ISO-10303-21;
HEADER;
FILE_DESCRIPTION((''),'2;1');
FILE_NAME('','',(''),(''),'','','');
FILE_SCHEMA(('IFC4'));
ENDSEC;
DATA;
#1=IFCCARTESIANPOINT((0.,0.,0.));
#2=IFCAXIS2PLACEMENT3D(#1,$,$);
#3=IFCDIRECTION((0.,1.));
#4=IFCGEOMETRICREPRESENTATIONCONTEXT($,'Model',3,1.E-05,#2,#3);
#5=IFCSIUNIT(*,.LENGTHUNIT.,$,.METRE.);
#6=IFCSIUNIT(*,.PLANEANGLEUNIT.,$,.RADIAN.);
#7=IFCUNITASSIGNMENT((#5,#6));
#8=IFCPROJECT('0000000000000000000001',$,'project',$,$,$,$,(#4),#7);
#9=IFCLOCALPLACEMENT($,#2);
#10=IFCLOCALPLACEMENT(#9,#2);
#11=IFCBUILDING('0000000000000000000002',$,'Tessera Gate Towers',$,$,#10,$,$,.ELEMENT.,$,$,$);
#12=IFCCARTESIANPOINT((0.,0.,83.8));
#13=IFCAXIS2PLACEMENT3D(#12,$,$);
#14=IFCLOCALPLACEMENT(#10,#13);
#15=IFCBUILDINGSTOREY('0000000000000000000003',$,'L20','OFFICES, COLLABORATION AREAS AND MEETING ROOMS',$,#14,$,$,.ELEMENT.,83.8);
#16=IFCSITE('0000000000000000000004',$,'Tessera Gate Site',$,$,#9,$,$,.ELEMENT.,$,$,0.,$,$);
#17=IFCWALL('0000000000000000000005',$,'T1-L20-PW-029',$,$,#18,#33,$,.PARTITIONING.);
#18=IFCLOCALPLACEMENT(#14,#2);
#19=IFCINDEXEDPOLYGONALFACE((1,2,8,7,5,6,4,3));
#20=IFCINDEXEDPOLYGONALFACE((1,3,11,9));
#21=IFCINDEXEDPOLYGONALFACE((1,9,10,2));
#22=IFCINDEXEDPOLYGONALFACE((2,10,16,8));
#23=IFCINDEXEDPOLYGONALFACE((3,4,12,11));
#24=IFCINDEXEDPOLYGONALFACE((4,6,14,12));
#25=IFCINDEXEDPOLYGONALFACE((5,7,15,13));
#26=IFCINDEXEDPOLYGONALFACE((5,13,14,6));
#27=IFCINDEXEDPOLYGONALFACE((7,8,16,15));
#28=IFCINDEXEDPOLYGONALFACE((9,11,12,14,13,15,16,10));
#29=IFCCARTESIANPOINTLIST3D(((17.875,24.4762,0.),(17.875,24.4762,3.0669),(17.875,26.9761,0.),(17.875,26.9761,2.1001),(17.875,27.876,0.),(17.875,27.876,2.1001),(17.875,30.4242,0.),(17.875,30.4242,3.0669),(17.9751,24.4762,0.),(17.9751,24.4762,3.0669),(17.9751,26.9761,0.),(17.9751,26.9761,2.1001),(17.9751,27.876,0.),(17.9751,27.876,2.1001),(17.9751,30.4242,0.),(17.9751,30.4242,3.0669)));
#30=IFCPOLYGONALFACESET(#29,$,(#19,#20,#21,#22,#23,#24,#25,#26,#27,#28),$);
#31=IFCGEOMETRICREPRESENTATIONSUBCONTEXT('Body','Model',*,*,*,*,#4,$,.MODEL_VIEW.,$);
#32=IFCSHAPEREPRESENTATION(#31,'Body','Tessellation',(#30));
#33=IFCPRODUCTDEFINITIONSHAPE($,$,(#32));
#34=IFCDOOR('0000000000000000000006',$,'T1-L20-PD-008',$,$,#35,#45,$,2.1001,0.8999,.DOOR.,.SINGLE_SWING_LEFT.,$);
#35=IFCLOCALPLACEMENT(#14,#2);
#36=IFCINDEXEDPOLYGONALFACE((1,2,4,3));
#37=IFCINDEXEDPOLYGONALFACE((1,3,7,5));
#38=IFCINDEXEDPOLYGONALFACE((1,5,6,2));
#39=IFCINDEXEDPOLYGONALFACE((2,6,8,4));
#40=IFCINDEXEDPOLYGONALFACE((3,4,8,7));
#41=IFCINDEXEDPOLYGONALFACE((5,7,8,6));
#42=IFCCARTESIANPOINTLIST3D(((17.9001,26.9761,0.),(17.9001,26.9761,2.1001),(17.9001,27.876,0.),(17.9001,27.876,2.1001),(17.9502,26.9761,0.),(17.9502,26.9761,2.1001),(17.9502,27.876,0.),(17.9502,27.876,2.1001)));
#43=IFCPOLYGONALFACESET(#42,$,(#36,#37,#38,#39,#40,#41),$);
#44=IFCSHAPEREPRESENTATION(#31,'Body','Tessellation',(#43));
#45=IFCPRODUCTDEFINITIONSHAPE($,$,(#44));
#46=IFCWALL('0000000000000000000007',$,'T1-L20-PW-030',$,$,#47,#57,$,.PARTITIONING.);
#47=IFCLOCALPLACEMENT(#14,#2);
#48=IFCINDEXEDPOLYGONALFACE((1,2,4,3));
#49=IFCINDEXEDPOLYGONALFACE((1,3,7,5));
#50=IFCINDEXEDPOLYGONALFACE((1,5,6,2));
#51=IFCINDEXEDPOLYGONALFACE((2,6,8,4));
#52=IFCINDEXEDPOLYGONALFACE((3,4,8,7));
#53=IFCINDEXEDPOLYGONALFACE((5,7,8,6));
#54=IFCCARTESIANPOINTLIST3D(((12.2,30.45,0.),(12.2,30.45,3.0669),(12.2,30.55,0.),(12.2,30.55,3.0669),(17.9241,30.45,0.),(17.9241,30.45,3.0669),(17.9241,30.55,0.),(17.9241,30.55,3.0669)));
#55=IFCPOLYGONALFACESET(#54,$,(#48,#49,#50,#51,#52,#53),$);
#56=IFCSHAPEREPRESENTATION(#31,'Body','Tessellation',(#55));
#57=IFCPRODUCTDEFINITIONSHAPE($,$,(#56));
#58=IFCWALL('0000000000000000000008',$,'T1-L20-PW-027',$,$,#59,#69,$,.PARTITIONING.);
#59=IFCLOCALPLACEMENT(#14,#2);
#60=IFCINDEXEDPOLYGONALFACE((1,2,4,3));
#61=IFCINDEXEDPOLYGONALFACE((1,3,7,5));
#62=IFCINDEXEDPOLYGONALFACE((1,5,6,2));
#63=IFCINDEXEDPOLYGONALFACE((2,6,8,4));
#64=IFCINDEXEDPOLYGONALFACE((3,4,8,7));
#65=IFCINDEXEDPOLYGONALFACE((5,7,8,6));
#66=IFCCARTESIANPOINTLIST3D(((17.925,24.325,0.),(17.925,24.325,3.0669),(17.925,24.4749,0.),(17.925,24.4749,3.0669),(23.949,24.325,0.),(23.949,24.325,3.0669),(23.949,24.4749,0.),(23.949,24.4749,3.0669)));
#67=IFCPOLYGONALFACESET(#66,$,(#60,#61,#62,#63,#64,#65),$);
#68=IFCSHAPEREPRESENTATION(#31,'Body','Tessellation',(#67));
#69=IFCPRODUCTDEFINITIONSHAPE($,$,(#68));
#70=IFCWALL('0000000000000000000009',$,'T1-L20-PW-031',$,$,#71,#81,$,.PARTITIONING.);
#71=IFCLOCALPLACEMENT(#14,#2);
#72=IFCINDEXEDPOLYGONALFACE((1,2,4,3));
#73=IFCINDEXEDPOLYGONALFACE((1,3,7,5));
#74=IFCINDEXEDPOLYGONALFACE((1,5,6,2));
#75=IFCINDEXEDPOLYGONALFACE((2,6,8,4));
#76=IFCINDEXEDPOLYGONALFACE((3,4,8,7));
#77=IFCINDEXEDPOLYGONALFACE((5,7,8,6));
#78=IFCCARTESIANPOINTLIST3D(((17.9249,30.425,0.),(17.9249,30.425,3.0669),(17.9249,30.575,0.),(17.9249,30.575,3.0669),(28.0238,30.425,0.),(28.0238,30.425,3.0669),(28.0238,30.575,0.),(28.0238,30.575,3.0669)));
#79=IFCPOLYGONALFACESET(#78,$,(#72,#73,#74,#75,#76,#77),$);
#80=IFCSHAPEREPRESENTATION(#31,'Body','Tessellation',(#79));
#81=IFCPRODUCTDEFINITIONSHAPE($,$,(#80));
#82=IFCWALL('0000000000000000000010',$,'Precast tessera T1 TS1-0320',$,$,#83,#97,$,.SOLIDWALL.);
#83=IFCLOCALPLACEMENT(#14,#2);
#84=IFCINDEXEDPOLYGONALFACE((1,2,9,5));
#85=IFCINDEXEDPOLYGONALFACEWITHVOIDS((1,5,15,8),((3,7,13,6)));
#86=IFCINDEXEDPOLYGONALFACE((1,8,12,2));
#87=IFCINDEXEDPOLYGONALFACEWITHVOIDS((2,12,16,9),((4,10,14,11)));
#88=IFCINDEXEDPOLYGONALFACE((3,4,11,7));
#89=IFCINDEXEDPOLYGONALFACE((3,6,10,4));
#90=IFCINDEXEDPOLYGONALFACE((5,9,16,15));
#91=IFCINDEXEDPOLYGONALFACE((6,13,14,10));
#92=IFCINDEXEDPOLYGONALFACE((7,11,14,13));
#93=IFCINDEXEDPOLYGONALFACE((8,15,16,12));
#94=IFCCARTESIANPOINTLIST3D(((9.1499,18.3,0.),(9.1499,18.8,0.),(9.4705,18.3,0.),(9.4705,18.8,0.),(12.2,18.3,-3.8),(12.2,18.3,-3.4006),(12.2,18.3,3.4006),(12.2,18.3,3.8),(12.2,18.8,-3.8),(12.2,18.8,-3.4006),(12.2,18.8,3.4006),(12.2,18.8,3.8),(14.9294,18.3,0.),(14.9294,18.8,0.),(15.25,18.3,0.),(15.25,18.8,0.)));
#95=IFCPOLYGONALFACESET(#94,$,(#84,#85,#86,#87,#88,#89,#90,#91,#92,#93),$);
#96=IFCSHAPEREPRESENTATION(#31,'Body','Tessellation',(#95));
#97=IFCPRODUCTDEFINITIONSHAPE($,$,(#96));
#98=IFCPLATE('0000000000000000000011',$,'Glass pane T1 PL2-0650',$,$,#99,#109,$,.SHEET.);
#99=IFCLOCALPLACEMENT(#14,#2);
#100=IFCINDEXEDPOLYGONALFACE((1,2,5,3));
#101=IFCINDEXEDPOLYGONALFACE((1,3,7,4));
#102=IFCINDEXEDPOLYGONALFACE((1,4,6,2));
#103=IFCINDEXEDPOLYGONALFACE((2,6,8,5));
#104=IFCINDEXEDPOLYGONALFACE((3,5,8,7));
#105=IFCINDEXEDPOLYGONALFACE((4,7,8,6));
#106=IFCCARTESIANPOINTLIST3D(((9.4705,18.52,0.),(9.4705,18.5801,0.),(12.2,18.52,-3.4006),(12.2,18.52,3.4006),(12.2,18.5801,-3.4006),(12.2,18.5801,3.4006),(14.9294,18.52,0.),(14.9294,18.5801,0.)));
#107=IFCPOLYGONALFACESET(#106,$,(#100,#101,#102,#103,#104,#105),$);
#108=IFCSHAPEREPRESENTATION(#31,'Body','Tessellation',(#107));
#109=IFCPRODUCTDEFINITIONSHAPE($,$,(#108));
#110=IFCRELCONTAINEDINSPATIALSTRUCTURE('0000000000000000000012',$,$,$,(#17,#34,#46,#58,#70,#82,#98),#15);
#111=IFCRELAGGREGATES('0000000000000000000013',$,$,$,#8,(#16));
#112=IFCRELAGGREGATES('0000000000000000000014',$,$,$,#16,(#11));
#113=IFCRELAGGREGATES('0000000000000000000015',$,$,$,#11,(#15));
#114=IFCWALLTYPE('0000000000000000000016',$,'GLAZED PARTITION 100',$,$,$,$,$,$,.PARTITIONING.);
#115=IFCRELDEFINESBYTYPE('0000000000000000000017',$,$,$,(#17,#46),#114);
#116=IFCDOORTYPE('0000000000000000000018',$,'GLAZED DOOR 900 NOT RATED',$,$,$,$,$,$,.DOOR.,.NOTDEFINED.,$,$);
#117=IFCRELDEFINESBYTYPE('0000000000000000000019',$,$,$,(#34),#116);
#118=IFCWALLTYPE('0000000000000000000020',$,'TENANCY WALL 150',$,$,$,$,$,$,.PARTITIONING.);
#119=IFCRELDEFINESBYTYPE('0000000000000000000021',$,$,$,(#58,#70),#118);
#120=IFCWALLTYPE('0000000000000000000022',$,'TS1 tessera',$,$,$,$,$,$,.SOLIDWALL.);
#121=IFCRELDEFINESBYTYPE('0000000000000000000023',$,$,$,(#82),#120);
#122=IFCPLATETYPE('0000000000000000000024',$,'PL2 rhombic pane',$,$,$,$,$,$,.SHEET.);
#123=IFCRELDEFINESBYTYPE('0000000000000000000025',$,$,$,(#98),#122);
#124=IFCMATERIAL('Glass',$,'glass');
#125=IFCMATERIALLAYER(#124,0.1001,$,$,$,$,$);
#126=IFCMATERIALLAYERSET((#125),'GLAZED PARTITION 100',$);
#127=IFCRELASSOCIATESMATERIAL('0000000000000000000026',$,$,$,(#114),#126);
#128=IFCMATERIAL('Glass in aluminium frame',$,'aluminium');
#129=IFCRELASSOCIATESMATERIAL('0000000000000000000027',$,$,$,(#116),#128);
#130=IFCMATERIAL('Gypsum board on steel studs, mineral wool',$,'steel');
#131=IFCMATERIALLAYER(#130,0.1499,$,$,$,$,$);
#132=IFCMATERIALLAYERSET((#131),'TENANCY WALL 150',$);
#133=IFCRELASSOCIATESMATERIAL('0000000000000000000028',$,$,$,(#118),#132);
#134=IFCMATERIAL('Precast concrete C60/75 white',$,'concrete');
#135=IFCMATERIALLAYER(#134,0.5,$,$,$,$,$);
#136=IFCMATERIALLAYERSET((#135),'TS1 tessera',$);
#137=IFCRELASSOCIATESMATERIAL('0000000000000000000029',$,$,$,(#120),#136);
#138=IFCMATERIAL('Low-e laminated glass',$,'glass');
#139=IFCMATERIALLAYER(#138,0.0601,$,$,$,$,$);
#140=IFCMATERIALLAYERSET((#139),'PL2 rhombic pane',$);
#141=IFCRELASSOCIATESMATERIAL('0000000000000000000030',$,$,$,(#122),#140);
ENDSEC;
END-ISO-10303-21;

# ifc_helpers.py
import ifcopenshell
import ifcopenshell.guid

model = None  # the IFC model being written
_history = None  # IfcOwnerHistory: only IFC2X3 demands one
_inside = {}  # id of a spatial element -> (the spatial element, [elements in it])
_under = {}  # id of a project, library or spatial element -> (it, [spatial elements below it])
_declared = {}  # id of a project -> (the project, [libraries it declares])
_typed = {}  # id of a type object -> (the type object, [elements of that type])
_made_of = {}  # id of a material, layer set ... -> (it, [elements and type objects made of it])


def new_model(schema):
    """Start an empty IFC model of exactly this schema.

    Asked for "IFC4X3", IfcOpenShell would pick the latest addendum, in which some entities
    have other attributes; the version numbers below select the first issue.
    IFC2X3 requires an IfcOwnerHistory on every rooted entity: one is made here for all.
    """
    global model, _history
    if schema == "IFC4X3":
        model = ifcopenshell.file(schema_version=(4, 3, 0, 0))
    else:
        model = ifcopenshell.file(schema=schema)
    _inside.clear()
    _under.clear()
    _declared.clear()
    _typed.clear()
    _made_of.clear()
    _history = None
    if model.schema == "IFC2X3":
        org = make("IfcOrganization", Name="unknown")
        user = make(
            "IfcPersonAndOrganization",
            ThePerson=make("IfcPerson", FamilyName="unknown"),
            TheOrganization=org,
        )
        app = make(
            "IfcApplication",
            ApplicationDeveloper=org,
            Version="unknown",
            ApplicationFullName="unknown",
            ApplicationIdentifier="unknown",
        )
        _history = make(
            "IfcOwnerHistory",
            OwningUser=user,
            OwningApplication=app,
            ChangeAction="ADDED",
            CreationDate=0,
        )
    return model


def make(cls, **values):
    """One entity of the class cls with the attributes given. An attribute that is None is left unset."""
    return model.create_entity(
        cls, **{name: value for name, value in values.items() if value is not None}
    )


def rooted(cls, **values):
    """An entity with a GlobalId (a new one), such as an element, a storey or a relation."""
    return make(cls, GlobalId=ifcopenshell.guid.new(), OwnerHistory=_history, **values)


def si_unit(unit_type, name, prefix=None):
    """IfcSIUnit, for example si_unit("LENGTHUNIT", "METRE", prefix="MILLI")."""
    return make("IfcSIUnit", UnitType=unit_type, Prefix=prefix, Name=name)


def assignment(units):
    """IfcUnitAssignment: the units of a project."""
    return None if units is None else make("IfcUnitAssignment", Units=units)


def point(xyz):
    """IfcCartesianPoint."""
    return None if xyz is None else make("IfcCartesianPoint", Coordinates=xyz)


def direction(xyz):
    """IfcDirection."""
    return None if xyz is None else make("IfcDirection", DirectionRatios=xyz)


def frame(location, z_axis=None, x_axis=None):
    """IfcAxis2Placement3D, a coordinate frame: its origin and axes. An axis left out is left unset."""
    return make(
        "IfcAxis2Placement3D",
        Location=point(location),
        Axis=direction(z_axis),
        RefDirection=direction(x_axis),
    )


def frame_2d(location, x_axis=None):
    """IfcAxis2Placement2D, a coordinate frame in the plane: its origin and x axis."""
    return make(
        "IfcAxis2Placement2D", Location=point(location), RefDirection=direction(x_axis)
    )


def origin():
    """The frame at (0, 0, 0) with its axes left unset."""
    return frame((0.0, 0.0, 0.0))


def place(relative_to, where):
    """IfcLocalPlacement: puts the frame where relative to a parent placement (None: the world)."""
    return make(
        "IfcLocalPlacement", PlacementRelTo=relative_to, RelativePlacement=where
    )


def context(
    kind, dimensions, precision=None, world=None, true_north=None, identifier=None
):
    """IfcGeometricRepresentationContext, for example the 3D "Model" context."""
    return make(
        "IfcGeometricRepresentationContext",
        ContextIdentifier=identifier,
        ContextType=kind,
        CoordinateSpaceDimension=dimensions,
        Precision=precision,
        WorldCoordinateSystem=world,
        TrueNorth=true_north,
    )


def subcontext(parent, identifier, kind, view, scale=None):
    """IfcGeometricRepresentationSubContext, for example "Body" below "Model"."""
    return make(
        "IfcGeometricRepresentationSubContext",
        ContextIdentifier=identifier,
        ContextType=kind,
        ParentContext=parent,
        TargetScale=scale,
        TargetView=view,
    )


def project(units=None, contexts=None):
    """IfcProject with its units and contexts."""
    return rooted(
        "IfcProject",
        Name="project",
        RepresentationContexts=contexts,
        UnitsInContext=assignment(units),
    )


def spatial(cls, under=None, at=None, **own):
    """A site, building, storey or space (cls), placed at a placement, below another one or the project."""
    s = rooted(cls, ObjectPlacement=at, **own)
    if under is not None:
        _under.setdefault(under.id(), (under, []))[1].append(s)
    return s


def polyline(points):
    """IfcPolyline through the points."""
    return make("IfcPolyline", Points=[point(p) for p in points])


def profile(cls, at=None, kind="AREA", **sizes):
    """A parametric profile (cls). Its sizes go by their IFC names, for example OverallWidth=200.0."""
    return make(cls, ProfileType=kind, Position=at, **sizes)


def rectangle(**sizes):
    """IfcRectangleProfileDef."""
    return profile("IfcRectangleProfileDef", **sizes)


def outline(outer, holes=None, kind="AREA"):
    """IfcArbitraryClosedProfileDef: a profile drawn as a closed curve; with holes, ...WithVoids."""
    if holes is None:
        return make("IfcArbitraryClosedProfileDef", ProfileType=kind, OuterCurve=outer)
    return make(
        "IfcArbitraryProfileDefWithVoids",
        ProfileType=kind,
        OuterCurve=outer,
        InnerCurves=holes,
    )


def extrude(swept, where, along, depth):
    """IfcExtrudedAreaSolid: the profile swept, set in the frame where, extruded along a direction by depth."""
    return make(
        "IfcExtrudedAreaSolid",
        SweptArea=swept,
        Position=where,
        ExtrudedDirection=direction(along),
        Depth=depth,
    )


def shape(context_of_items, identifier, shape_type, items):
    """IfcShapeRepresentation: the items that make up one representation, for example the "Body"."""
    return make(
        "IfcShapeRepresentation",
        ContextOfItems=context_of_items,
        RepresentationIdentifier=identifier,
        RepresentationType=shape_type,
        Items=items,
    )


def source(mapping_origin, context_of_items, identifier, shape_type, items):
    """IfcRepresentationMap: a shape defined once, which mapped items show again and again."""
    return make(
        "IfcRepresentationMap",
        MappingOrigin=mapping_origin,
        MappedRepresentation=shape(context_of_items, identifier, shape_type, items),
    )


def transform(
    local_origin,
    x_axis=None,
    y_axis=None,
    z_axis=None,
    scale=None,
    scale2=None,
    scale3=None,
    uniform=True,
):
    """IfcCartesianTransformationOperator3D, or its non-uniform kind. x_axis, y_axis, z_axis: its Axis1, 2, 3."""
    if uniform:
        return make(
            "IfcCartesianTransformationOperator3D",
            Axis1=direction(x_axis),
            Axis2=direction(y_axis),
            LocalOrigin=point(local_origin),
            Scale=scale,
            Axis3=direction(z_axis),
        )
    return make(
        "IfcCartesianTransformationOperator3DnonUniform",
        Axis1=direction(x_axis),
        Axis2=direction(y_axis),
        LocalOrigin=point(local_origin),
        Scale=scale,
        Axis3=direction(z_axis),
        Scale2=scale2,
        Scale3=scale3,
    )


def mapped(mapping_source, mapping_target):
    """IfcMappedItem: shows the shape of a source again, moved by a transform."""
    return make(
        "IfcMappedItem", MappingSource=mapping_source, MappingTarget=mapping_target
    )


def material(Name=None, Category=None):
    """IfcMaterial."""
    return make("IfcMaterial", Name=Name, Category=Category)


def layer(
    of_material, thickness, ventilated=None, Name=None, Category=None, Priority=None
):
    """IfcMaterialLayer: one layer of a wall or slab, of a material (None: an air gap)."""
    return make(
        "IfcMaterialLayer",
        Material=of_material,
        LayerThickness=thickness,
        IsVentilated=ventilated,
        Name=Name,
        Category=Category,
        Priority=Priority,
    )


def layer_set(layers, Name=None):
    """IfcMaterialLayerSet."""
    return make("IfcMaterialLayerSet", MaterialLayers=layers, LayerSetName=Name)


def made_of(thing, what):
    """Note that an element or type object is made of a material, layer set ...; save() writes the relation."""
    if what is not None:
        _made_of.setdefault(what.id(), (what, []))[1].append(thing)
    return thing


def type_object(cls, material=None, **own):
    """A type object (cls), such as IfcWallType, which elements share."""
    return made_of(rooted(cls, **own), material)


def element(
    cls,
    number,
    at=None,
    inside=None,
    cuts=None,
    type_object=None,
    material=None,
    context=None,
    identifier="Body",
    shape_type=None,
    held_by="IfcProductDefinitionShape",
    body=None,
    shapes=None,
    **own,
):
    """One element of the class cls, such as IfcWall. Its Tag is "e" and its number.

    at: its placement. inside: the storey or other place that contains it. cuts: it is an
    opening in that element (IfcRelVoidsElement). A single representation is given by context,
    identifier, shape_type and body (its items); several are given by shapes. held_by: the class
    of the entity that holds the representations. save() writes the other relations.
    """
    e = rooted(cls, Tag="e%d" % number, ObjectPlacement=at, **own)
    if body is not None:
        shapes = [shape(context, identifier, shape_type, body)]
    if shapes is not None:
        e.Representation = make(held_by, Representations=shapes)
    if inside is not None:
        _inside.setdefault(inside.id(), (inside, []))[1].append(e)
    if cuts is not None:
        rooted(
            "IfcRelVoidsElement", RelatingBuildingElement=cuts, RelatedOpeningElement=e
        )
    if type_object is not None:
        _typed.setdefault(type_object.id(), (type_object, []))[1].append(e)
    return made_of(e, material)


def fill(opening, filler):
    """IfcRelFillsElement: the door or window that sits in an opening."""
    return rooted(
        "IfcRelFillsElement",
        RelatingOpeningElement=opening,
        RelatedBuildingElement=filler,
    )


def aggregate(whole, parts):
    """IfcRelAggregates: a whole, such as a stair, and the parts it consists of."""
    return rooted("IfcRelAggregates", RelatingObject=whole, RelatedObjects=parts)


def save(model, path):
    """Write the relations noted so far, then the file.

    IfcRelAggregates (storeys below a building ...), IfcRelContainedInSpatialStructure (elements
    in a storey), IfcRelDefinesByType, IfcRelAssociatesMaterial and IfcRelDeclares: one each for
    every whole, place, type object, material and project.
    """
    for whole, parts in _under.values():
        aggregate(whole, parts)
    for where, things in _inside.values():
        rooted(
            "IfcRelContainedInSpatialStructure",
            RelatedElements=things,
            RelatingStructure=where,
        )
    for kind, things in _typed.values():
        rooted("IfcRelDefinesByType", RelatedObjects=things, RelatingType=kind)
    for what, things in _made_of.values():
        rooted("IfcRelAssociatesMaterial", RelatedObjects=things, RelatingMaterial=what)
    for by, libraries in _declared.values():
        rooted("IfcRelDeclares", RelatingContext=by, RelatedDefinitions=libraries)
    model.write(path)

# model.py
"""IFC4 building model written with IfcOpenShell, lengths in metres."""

from ifc_helpers import new_model, si_unit, direction, frame, frame_2d, origin, place, context, subcontext, project, spatial, polyline, rectangle, outline, extrude, source, transform, mapped, material, layer, layer_set, type_object, element, fill, save


model = new_model("IFC4")

# Units and contexts
model_context = context("Model", 3, precision=1e-05, world=origin(), true_north=direction((0.0, 1.0)))
body_context = subcontext(model_context, "Body", "Model", "MODEL_VIEW")
ifc_project = project(units=[si_unit("LENGTHUNIT", "METRE"), si_unit("PLANEANGLEUNIT", "RADIAN")], contexts=[model_context])

# Site, building, storey
site_placement = place(None, origin())
site = spatial("IfcSite", under=ifc_project, at=site_placement, Name="Tessera Gate Site", CompositionType="ELEMENT", RefElevation=0.0)
building_placement = place(site_placement, origin())
building = spatial("IfcBuilding", under=site, at=building_placement, Name="Tessera Gate Towers", CompositionType="ELEMENT")
storey_placement = place(building_placement, frame((0.0, 0.0, 83.8)))
storey = spatial("IfcBuildingStorey", under=building, at=storey_placement, Name="L20", Description="OFFICES, COLLABORATION AREAS AND MEETING ROOMS", CompositionType="ELEMENT", Elevation=83.8)

# Shared definitions
ifc_material_1 = material(Name="Glass", Category="glass")
ifc_layer_1 = layer(ifc_material_1, 0.1001)
ifc_layer_set_1 = layer_set([ifc_layer_1], Name="GLAZED PARTITION 100")
wall_type_1 = type_object("IfcWallType", Name="GLAZED PARTITION 100", PredefinedType="PARTITIONING", material=ifc_layer_set_1)

# Shared definitions
shared_shape_1 = source(origin(), body_context, "Body", "SweptSolid", [
    extrude(rectangle(XDim=0.8999, YDim=2.1001, at=frame_2d((0.45, 1.05))), frame((0.0, 0.0601, 0.0), z_axis=(0.0, -1.0, 0.0), x_axis=(1.0, 0.0, 0.0)), (0.0, 0.0, 1.0), 0.1201),
])
ifc_material_2 = material(Name="Glass in aluminium frame", Category="aluminium")
door_type = type_object("IfcDoorType", Name="GLAZED DOOR 900 NOT RATED", OperationType="NOTDEFINED", PredefinedType="DOOR", material=ifc_material_2)
shared_shape_2 = source(origin(), body_context, "Body", "SweptSolid", [
    extrude(rectangle(XDim=0.8999, YDim=2.1001, at=frame_2d((0.45, 1.05))), frame((0.0, 0.0249, 0.0), z_axis=(0.0, -1.0, 0.0), x_axis=(1.0, 0.0, 0.0)), (0.0, 0.0, 1.0), 0.05),
])

# Wall, opening, door
wall_1_placement = place(storey_placement, frame((17.925, 24.4761, 0.0), z_axis=(0.0, 0.0, 1.0), x_axis=(0.0, 1.0, 0.0)))
wall_1 = element("IfcWall", 1, at=wall_1_placement, inside=storey, type_object=wall_type_1, Name="T1-L20-PW-029", PredefinedType="PARTITIONING", context=body_context, shape_type="SweptSolid", body=[
    extrude(rectangle(XDim=5.948, YDim=0.1001, at=frame_2d((2.9741, 0.0))), origin(), (0.0, 0.0, 1.0), 3.0669),
])
opening_1_placement = place(wall_1_placement, frame((2.5, 0.0, 0.0)))
opening_1 = element("IfcOpeningElement", 2, at=opening_1_placement, cuts=wall_1, PredefinedType="OPENING", context=body_context, shape_type="MappedRepresentation", body=[
    mapped(shared_shape_1, transform((0.0, 0.0, 0.0), scale=1.0)),
])
door_1_placement = place(opening_1_placement, origin())
door_1 = element("IfcDoor", 3, at=door_1_placement, inside=storey, type_object=door_type, Name="T1-L20-PD-008", OperationType="SINGLE_SWING_LEFT", OverallHeight=2.1001, OverallWidth=0.8999, PredefinedType="DOOR", context=body_context, shape_type="MappedRepresentation", body=[
    mapped(shared_shape_2, transform((0.0, 0.0, 0.0), scale=1.0)),
])
fill(opening_1, door_1)

# Walls
wall_2_placement = place(storey_placement, frame((12.2, 30.5, 0.0), z_axis=(0.0, 0.0, 1.0), x_axis=(1.0, 0.0, 0.0)))
element("IfcWall", 4, at=wall_2_placement, inside=storey, type_object=wall_type_1, Name="T1-L20-PW-030", PredefinedType="PARTITIONING", context=body_context, shape_type="SweptSolid", body=[
    extrude(rectangle(XDim=5.7241, YDim=0.1001, at=frame_2d((2.8621, 0.0))), origin(), (0.0, 0.0, 1.0), 3.0669),
])
ifc_material_3 = material(Name="Gypsum board on steel studs, mineral wool", Category="steel")
ifc_layer_2 = layer(ifc_material_3, 0.1499)
ifc_layer_set_2 = layer_set([ifc_layer_2], Name="TENANCY WALL 150")
wall_type_2 = type_object("IfcWallType", Name="TENANCY WALL 150", PredefinedType="PARTITIONING", material=ifc_layer_set_2)
wall_3_placement = place(storey_placement, frame((17.925, 24.3999, 0.0), z_axis=(0.0, 0.0, 1.0), x_axis=(1.0, 0.0, 0.0)))
element("IfcWall", 5, at=wall_3_placement, inside=storey, type_object=wall_type_2, Name="T1-L20-PW-027", PredefinedType="PARTITIONING", context=body_context, shape_type="SweptSolid", body=[
    extrude(rectangle(XDim=6.0239, YDim=0.1499, at=frame_2d((3.012, 0.0))), origin(), (0.0, 0.0, 1.0), 3.0669),
])
wall_4_placement = place(storey_placement, frame((17.925, 30.5, 0.0), z_axis=(0.0, 0.0, 1.0), x_axis=(1.0, 0.0, 0.0)))
element("IfcWall", 6, at=wall_4_placement, inside=storey, type_object=wall_type_2, Name="T1-L20-PW-031", PredefinedType="PARTITIONING", context=body_context, shape_type="SweptSolid", body=[
    extrude(rectangle(XDim=10.0989, YDim=0.1499, at=frame_2d((5.0493, 0.0))), origin(), (0.0, 0.0, 1.0), 3.0669),
])

# Wall, opening, plate
ifc_material_4 = material(Name="Precast concrete C60/75 white", Category="concrete")
ifc_layer_3 = layer(ifc_material_4, 0.5)
ifc_layer_set_3 = layer_set([ifc_layer_3], Name="TS1 tessera")
wall_type_3 = type_object("IfcWallType", Name="TS1 tessera", PredefinedType="SOLIDWALL", material=ifc_layer_set_3)
shared_shape_3 = source(origin(), body_context, "Body", "SweptSolid", [
    extrude(outline(polyline([(3.05, 0.0), (6.1001, 3.8), (3.05, 7.6001), (0.0, 3.8), (3.05, 0.0)])), frame((0.0, 0.25, 0.0), z_axis=(0.0, -1.0, 0.0), x_axis=(1.0, 0.0, 0.0)), (0.0, 0.0, 1.0), 0.5),
])
wall_5_placement = place(storey_placement, frame((9.1499, 18.55, -3.8), z_axis=(0.0, 0.0, 1.0), x_axis=(1.0, 0.0, 0.0)))
wall_5 = element("IfcWall", 7, at=wall_5_placement, inside=storey, type_object=wall_type_3, Name="Precast tessera T1 TS1-0320", PredefinedType="SOLIDWALL", context=body_context, shape_type="MappedRepresentation", body=[
    mapped(shared_shape_3, transform((0.0, 0.0, 0.0), scale=1.0)),
])
shared_shape_4 = source(origin(), body_context, "Body", "SweptSolid", [
    extrude(outline(polyline([(3.05, 0.3994), (5.7795, 3.8), (3.05, 7.2007), (0.3206, 3.8), (3.05, 0.3994)])), frame((0.0, 0.26, 0.0), z_axis=(0.0, -1.0, 0.0), x_axis=(1.0, 0.0, 0.0)), (0.0, 0.0, 1.0), 0.52),
])
opening_2_placement = place(wall_5_placement, origin())
opening_2 = element("IfcOpeningElement", 8, at=opening_2_placement, cuts=wall_5, PredefinedType="OPENING", context=body_context, shape_type="MappedRepresentation", body=[
    mapped(shared_shape_4, transform((0.0, 0.0, 0.0), scale=1.0)),
])
ifc_material_5 = material(Name="Low-e laminated glass", Category="glass")
ifc_layer_4 = layer(ifc_material_5, 0.0601)
ifc_layer_set_4 = layer_set([ifc_layer_4], Name="PL2 rhombic pane")
plate_type = type_object("IfcPlateType", Name="PL2 rhombic pane", PredefinedType="SHEET", material=ifc_layer_set_4)
shared_shape_5 = source(origin(), body_context, "Body", "SweptSolid", [
    extrude(outline(polyline([(3.05, 0.3994), (5.7795, 3.8), (3.05, 7.2007), (0.3206, 3.8), (3.05, 0.3994)])), frame((0.0, 0.03, 0.0), z_axis=(0.0, -1.0, 0.0), x_axis=(1.0, 0.0, 0.0)), (0.0, 0.0, 1.0), 0.0601),
])
plate_placement = place(opening_2_placement, origin())
plate = element("IfcPlate", 9, at=plate_placement, inside=storey, type_object=plate_type, Name="Glass pane T1 PL2-0650", PredefinedType="SHEET", context=body_context, shape_type="MappedRepresentation", body=[
    mapped(shared_shape_5, transform((0.0, 0.0, 0.0), scale=1.0)),
])
fill(opening_2, plate)

save(model, "model.ifc")
